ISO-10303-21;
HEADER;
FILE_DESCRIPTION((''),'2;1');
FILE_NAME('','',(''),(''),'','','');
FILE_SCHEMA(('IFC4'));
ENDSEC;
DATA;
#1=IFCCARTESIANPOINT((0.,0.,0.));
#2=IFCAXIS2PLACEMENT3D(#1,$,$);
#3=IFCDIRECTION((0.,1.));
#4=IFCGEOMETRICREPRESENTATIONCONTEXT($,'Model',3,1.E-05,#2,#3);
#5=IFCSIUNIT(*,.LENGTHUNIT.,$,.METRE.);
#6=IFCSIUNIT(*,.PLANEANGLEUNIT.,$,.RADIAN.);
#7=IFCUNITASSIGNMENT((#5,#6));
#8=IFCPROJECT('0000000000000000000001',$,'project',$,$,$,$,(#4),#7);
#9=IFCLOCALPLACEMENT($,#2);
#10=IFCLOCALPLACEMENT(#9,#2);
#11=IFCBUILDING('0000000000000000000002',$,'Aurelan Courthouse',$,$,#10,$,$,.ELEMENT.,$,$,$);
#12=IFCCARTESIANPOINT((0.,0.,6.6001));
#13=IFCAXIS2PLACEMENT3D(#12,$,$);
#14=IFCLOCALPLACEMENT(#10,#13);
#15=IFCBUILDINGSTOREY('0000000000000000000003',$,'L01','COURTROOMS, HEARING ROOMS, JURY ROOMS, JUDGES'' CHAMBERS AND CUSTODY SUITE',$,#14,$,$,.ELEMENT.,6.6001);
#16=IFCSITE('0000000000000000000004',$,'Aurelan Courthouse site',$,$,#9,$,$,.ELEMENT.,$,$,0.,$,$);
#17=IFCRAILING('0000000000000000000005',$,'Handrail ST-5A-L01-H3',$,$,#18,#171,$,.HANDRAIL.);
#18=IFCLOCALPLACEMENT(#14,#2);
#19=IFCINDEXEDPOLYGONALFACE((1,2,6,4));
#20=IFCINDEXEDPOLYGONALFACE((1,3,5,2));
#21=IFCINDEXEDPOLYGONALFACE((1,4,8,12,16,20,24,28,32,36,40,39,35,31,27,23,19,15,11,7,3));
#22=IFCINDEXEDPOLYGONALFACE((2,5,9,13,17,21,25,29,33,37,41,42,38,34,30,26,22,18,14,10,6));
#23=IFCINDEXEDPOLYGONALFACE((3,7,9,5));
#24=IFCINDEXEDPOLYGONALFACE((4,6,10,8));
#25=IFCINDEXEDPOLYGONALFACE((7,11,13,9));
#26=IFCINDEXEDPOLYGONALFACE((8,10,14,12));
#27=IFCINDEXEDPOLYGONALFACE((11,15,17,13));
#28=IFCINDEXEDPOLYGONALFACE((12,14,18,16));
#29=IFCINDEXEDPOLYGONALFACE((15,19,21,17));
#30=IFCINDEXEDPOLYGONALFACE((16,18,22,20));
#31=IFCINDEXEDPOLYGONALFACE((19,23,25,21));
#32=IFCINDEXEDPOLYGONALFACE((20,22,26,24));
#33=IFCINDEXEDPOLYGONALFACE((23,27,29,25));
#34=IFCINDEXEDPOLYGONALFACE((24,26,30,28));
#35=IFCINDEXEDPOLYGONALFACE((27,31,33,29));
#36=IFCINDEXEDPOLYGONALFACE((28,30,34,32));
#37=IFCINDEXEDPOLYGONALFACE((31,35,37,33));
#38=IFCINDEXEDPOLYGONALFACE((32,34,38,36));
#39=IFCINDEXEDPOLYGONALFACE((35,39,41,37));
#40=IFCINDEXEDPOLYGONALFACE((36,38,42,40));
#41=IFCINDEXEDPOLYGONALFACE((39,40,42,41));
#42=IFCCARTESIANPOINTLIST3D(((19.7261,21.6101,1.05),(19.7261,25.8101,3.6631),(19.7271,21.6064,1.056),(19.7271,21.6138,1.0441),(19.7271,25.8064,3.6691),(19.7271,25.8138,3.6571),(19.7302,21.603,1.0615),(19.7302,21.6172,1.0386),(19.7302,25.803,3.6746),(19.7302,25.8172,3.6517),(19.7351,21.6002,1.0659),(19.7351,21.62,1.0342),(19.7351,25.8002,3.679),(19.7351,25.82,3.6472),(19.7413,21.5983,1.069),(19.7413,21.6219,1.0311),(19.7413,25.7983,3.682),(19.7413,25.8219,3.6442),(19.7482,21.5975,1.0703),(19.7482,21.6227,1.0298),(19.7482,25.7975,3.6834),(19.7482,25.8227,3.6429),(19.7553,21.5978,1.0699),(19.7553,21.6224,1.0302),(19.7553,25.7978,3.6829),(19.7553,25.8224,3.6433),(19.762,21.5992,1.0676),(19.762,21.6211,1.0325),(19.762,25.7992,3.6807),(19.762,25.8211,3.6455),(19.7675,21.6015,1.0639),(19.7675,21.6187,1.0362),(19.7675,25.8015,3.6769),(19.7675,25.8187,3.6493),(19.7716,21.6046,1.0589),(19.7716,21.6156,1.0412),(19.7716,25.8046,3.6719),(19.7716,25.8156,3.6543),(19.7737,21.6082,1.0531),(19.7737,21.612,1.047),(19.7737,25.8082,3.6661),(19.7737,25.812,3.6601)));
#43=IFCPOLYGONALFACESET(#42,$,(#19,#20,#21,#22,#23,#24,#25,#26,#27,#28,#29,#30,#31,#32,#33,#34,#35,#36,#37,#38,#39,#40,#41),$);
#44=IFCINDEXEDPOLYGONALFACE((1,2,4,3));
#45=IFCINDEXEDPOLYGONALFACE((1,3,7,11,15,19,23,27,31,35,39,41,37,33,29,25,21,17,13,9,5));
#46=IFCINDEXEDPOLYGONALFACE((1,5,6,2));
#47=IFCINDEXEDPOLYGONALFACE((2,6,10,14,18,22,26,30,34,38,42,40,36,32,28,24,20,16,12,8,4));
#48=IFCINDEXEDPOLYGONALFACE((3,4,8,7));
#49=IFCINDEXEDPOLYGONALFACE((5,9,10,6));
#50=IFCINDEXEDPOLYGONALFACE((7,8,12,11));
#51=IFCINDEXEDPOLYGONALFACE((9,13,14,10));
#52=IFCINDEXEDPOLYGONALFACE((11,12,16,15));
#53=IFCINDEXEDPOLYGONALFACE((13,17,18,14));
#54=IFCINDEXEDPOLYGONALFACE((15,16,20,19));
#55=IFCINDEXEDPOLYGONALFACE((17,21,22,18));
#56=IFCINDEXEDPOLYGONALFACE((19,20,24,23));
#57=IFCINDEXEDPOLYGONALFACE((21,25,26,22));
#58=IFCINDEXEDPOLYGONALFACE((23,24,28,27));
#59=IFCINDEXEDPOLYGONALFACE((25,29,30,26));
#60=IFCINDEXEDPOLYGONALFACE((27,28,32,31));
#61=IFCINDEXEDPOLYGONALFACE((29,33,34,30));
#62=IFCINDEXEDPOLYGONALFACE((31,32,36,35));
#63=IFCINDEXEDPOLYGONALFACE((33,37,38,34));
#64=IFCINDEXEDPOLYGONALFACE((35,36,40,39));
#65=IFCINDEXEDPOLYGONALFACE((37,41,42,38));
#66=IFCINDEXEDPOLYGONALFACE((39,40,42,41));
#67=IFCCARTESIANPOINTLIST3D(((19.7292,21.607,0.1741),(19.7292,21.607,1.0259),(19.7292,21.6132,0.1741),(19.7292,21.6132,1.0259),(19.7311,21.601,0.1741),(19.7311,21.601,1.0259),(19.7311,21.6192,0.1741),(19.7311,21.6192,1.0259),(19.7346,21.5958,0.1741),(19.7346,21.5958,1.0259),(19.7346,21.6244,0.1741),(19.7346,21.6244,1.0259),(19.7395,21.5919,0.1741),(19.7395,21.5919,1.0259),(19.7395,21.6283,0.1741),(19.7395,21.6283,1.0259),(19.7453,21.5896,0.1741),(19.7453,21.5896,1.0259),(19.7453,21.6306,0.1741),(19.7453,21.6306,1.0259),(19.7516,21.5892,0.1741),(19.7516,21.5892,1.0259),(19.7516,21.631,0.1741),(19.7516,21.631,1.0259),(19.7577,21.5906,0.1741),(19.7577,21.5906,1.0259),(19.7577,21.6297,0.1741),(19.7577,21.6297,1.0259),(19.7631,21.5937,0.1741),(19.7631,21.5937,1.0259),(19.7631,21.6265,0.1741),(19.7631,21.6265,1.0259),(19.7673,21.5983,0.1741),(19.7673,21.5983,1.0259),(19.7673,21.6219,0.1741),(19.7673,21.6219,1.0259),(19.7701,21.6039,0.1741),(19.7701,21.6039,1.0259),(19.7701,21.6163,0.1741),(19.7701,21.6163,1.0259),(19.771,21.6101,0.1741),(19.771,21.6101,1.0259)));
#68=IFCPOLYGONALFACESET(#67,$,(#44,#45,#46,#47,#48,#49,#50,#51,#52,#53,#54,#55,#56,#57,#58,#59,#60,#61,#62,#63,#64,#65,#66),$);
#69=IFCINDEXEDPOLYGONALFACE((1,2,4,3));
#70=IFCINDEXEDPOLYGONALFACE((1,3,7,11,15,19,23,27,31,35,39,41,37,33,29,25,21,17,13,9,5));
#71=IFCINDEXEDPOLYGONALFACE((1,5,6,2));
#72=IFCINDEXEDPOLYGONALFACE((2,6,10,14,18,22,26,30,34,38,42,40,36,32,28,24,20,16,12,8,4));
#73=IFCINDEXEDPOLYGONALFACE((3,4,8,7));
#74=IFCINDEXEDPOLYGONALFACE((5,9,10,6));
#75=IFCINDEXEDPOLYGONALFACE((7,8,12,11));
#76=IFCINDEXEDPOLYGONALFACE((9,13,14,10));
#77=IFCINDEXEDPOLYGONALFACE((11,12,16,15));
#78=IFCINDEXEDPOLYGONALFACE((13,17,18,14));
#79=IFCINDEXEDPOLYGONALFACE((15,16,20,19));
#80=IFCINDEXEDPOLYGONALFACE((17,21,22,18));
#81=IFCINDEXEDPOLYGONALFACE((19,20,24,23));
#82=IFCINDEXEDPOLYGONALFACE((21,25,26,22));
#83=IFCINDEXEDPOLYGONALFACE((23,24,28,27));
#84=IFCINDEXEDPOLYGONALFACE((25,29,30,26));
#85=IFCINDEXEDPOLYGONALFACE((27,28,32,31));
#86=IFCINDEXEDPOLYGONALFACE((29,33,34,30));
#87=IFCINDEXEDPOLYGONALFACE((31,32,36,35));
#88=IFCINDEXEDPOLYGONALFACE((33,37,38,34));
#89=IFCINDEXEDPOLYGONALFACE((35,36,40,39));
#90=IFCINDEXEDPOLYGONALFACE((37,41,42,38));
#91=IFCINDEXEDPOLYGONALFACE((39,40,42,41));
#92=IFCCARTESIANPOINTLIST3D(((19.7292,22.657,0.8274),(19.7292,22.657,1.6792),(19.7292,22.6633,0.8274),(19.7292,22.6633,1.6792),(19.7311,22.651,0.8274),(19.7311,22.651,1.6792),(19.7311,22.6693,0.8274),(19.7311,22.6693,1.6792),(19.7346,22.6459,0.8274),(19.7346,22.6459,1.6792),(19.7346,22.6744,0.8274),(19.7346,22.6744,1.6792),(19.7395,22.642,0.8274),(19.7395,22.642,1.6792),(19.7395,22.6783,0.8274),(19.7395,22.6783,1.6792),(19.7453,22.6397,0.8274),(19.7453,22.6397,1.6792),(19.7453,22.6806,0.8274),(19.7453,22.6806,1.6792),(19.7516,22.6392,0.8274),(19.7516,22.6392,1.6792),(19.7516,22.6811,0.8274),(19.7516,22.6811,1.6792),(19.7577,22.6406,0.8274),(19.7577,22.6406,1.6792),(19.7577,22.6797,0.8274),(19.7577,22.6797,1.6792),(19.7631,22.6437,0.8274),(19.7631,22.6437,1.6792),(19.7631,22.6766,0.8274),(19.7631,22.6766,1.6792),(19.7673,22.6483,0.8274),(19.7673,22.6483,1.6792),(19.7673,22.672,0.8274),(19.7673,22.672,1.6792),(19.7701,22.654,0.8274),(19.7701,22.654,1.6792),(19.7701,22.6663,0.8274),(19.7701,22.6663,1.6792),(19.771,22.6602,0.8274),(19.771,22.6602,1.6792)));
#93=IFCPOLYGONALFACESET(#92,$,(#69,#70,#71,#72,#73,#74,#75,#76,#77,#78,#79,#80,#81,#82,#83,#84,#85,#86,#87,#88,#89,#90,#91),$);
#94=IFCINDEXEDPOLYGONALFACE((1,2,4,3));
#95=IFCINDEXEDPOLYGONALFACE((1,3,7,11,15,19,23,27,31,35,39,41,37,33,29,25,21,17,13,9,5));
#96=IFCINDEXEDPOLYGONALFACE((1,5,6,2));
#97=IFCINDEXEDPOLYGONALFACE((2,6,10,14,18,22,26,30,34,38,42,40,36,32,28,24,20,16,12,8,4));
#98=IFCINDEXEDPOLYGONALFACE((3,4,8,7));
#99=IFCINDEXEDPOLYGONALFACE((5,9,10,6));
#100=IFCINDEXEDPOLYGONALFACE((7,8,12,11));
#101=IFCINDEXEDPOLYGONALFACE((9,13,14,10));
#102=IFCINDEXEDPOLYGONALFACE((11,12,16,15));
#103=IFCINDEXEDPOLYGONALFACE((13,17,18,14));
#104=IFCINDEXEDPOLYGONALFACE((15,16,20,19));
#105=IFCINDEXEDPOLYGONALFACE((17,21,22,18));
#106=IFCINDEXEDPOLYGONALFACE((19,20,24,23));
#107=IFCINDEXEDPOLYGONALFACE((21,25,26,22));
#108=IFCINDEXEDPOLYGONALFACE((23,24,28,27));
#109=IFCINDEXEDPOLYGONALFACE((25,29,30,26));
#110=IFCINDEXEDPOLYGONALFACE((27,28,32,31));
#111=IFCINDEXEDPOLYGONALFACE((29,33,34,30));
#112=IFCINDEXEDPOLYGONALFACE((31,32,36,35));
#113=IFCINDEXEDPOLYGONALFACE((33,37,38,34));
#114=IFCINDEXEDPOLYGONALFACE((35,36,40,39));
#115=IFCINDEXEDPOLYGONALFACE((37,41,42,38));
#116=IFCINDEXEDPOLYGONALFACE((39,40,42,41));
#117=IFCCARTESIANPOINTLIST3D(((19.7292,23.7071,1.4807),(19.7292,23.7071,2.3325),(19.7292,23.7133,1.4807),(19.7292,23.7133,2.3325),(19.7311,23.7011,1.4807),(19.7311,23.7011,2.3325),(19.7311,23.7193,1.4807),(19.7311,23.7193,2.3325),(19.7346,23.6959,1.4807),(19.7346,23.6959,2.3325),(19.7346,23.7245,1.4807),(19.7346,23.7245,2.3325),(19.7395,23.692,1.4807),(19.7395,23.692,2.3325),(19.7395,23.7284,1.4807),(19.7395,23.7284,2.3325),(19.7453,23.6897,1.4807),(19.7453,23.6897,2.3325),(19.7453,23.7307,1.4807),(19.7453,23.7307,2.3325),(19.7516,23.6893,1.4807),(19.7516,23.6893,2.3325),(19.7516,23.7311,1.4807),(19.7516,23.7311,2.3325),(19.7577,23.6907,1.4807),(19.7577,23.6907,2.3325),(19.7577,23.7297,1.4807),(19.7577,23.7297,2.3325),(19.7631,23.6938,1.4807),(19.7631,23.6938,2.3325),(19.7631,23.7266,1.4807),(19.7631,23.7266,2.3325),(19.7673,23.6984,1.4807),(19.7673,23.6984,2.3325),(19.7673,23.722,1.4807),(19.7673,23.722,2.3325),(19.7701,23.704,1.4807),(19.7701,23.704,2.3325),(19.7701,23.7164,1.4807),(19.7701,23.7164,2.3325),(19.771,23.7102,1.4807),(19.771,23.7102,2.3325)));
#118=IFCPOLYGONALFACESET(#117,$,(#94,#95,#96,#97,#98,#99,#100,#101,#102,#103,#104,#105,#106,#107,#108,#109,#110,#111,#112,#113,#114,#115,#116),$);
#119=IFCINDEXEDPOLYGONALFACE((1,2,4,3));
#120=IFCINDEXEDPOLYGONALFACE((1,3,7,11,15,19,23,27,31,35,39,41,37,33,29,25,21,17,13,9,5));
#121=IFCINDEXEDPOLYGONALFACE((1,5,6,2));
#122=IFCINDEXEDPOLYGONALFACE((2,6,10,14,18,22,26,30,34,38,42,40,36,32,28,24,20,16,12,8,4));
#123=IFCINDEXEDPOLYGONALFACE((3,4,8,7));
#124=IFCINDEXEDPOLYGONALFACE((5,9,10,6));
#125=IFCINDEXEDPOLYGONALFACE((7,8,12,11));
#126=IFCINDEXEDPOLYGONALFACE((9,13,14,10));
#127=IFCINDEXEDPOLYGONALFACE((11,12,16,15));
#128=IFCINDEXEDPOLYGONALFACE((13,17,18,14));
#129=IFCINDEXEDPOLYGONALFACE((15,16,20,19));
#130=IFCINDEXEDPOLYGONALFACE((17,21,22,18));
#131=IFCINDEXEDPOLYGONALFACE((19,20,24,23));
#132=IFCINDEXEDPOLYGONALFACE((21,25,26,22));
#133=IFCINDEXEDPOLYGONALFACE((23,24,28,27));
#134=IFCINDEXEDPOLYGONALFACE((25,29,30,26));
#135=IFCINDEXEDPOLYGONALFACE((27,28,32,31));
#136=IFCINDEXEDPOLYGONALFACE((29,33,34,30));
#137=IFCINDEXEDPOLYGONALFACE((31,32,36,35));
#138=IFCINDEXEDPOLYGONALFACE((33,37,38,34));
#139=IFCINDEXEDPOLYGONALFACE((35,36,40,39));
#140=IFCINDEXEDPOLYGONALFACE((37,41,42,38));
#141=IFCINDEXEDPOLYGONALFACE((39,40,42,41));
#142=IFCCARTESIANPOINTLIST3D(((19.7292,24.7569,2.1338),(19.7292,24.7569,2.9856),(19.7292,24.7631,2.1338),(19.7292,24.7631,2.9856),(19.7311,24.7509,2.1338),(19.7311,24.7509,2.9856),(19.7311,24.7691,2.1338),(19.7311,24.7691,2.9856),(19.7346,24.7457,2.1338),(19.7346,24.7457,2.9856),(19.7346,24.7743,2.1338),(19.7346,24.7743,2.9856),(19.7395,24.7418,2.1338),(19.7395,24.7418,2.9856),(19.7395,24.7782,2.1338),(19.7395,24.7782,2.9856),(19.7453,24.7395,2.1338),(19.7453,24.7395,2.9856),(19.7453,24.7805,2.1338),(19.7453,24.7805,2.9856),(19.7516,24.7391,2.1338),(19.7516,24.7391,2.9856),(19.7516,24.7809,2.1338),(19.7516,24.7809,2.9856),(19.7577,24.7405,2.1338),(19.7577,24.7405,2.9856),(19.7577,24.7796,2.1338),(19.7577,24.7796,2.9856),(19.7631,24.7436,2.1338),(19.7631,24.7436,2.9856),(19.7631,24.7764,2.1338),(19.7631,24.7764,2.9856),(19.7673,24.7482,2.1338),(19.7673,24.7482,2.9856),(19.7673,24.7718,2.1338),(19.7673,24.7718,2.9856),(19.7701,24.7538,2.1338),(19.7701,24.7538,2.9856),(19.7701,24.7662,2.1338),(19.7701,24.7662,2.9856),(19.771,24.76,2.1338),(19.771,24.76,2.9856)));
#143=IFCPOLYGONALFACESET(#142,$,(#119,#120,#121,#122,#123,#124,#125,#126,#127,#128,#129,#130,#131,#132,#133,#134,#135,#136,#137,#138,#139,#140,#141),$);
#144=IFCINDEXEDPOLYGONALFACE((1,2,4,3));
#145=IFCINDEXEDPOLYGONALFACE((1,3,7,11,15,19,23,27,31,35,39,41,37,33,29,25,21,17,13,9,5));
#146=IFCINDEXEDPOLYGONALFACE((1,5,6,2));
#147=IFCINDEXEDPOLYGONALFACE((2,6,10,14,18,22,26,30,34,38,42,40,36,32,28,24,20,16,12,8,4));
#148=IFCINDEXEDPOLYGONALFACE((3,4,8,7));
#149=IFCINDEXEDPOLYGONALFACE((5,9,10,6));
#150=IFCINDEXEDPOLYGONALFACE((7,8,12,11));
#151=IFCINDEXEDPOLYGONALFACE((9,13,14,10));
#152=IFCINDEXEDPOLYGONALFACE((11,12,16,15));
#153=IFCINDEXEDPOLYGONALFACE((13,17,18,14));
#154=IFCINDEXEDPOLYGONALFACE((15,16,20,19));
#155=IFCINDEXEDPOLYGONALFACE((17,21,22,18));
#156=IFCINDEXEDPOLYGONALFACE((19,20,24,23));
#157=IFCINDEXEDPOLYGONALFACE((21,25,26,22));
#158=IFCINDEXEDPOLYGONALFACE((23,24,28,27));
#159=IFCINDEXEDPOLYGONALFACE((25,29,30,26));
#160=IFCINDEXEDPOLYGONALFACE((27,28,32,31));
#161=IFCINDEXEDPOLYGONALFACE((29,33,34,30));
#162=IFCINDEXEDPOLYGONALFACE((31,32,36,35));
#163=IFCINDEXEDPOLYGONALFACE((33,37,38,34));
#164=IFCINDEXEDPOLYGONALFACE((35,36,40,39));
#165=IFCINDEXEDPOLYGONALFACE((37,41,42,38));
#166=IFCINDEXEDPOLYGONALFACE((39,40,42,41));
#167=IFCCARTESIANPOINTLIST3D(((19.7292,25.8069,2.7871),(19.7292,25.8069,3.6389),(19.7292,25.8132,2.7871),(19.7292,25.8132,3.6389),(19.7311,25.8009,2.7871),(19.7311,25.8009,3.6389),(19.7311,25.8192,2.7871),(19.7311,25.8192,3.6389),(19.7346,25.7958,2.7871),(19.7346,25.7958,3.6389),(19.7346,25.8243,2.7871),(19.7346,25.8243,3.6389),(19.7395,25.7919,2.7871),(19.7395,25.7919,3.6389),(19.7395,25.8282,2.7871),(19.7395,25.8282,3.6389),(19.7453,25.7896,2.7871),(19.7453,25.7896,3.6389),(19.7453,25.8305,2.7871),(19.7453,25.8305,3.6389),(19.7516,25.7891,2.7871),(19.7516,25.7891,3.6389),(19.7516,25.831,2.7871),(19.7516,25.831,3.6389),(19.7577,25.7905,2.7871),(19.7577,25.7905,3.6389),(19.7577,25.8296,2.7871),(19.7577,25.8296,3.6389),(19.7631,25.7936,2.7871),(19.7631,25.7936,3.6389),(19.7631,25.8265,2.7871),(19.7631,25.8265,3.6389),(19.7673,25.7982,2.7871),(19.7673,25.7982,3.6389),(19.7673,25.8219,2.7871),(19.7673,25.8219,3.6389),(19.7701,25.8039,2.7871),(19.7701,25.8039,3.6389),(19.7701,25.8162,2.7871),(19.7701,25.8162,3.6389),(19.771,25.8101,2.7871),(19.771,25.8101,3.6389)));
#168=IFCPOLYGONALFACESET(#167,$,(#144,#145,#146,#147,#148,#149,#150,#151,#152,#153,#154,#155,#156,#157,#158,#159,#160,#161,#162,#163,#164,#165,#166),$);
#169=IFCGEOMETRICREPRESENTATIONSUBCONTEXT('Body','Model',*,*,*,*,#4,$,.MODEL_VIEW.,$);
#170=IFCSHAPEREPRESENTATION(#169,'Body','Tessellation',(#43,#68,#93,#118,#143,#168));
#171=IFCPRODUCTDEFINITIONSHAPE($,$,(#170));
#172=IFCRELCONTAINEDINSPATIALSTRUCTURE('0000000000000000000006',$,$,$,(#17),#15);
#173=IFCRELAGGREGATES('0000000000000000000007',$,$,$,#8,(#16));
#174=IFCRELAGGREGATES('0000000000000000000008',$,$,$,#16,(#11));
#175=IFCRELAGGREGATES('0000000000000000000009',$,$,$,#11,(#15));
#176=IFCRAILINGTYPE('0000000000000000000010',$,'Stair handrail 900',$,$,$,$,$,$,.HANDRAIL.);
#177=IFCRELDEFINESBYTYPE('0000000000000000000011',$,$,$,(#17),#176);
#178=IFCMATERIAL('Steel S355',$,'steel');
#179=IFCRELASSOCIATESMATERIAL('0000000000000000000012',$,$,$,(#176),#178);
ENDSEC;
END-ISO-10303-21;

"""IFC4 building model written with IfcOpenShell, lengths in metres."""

from ifc_helpers import new_model, si_unit, direction, frame, origin, origin_2d, place, context, subcontext, project, spatial, circle, extrude, material, type_object, element, save


model = new_model("IFC4")

# Units and contexts
model_context = context("Model", 3, precision=1e-05, world=origin(), true_north=direction((0.0, 1.0)))
body_context = subcontext(model_context, "Body", "Model", "MODEL_VIEW")
ifc_project = project(units=[si_unit("LENGTHUNIT", "METRE"), si_unit("PLANEANGLEUNIT", "RADIAN")], contexts=[model_context])

# Site, building, storey
site_placement = place(None, origin())
site = spatial("IfcSite", under=ifc_project, at=site_placement, Name="Aurelan Courthouse site", CompositionType="ELEMENT", RefElevation=0.0)
building_placement = place(site_placement, origin())
building = spatial("IfcBuilding", under=site, at=building_placement, Name="Aurelan Courthouse", CompositionType="ELEMENT")
storey_placement = place(building_placement, frame((0.0, 0.0, 6.6001)))
storey = spatial("IfcBuildingStorey", under=building, at=storey_placement, Name="L01", Description="COURTROOMS, HEARING ROOMS, JURY ROOMS, JUDGES' CHAMBERS AND CUSTODY SUITE", CompositionType="ELEMENT", Elevation=6.6001)

# Shared definitions
ifc_material_1 = material(Name="Steel S355", Category="steel")

# Railing
railing_type_1 = type_object("IfcRailingType", Name="Stair handrail 900", PredefinedType="HANDRAIL", material=ifc_material_1)
for number, where, name in (
    (1, (19.75, 21.6101, 0.1741), "Handrail ST-5A-L01-H3"),
):
    element("IfcRailing", number, at=place(storey_placement, frame(where)), inside=storey, type_object=railing_type_1, Name=name, PredefinedType="HANDRAIL", context=body_context, shape_type="SweptSolid", body=[
        extrude(circle(Radius=0.0239, at=origin_2d()), frame((0.0, 0.0, 0.876), z_axis=(0.0, 0.849081, 0.528263), x_axis=(-1.0, 0.0, 0.0)), (0.0, 0.0, 1.0), 4.9465),
        extrude(circle(Radius=0.021, at=origin_2d()), origin(), (0.0, 0.0, 1.0), 0.8518),
        extrude(circle(Radius=0.021, at=origin_2d()), frame((0.0, 1.05, 0.6533)), (0.0, 0.0, 1.0), 0.8518),
        extrude(circle(Radius=0.021, at=origin_2d()), frame((0.0, 2.1001, 1.3066)), (0.0, 0.0, 1.0), 0.8518),
        extrude(circle(Radius=0.021, at=origin_2d()), frame((0.0, 3.1499, 1.9597)), (0.0, 0.0, 1.0), 0.8518),
        extrude(circle(Radius=0.021, at=origin_2d()), frame((0.0, 4.2, 2.613)), (0.0, 0.0, 1.0), 0.8518),
    ])

save(model, "model.ifc")
